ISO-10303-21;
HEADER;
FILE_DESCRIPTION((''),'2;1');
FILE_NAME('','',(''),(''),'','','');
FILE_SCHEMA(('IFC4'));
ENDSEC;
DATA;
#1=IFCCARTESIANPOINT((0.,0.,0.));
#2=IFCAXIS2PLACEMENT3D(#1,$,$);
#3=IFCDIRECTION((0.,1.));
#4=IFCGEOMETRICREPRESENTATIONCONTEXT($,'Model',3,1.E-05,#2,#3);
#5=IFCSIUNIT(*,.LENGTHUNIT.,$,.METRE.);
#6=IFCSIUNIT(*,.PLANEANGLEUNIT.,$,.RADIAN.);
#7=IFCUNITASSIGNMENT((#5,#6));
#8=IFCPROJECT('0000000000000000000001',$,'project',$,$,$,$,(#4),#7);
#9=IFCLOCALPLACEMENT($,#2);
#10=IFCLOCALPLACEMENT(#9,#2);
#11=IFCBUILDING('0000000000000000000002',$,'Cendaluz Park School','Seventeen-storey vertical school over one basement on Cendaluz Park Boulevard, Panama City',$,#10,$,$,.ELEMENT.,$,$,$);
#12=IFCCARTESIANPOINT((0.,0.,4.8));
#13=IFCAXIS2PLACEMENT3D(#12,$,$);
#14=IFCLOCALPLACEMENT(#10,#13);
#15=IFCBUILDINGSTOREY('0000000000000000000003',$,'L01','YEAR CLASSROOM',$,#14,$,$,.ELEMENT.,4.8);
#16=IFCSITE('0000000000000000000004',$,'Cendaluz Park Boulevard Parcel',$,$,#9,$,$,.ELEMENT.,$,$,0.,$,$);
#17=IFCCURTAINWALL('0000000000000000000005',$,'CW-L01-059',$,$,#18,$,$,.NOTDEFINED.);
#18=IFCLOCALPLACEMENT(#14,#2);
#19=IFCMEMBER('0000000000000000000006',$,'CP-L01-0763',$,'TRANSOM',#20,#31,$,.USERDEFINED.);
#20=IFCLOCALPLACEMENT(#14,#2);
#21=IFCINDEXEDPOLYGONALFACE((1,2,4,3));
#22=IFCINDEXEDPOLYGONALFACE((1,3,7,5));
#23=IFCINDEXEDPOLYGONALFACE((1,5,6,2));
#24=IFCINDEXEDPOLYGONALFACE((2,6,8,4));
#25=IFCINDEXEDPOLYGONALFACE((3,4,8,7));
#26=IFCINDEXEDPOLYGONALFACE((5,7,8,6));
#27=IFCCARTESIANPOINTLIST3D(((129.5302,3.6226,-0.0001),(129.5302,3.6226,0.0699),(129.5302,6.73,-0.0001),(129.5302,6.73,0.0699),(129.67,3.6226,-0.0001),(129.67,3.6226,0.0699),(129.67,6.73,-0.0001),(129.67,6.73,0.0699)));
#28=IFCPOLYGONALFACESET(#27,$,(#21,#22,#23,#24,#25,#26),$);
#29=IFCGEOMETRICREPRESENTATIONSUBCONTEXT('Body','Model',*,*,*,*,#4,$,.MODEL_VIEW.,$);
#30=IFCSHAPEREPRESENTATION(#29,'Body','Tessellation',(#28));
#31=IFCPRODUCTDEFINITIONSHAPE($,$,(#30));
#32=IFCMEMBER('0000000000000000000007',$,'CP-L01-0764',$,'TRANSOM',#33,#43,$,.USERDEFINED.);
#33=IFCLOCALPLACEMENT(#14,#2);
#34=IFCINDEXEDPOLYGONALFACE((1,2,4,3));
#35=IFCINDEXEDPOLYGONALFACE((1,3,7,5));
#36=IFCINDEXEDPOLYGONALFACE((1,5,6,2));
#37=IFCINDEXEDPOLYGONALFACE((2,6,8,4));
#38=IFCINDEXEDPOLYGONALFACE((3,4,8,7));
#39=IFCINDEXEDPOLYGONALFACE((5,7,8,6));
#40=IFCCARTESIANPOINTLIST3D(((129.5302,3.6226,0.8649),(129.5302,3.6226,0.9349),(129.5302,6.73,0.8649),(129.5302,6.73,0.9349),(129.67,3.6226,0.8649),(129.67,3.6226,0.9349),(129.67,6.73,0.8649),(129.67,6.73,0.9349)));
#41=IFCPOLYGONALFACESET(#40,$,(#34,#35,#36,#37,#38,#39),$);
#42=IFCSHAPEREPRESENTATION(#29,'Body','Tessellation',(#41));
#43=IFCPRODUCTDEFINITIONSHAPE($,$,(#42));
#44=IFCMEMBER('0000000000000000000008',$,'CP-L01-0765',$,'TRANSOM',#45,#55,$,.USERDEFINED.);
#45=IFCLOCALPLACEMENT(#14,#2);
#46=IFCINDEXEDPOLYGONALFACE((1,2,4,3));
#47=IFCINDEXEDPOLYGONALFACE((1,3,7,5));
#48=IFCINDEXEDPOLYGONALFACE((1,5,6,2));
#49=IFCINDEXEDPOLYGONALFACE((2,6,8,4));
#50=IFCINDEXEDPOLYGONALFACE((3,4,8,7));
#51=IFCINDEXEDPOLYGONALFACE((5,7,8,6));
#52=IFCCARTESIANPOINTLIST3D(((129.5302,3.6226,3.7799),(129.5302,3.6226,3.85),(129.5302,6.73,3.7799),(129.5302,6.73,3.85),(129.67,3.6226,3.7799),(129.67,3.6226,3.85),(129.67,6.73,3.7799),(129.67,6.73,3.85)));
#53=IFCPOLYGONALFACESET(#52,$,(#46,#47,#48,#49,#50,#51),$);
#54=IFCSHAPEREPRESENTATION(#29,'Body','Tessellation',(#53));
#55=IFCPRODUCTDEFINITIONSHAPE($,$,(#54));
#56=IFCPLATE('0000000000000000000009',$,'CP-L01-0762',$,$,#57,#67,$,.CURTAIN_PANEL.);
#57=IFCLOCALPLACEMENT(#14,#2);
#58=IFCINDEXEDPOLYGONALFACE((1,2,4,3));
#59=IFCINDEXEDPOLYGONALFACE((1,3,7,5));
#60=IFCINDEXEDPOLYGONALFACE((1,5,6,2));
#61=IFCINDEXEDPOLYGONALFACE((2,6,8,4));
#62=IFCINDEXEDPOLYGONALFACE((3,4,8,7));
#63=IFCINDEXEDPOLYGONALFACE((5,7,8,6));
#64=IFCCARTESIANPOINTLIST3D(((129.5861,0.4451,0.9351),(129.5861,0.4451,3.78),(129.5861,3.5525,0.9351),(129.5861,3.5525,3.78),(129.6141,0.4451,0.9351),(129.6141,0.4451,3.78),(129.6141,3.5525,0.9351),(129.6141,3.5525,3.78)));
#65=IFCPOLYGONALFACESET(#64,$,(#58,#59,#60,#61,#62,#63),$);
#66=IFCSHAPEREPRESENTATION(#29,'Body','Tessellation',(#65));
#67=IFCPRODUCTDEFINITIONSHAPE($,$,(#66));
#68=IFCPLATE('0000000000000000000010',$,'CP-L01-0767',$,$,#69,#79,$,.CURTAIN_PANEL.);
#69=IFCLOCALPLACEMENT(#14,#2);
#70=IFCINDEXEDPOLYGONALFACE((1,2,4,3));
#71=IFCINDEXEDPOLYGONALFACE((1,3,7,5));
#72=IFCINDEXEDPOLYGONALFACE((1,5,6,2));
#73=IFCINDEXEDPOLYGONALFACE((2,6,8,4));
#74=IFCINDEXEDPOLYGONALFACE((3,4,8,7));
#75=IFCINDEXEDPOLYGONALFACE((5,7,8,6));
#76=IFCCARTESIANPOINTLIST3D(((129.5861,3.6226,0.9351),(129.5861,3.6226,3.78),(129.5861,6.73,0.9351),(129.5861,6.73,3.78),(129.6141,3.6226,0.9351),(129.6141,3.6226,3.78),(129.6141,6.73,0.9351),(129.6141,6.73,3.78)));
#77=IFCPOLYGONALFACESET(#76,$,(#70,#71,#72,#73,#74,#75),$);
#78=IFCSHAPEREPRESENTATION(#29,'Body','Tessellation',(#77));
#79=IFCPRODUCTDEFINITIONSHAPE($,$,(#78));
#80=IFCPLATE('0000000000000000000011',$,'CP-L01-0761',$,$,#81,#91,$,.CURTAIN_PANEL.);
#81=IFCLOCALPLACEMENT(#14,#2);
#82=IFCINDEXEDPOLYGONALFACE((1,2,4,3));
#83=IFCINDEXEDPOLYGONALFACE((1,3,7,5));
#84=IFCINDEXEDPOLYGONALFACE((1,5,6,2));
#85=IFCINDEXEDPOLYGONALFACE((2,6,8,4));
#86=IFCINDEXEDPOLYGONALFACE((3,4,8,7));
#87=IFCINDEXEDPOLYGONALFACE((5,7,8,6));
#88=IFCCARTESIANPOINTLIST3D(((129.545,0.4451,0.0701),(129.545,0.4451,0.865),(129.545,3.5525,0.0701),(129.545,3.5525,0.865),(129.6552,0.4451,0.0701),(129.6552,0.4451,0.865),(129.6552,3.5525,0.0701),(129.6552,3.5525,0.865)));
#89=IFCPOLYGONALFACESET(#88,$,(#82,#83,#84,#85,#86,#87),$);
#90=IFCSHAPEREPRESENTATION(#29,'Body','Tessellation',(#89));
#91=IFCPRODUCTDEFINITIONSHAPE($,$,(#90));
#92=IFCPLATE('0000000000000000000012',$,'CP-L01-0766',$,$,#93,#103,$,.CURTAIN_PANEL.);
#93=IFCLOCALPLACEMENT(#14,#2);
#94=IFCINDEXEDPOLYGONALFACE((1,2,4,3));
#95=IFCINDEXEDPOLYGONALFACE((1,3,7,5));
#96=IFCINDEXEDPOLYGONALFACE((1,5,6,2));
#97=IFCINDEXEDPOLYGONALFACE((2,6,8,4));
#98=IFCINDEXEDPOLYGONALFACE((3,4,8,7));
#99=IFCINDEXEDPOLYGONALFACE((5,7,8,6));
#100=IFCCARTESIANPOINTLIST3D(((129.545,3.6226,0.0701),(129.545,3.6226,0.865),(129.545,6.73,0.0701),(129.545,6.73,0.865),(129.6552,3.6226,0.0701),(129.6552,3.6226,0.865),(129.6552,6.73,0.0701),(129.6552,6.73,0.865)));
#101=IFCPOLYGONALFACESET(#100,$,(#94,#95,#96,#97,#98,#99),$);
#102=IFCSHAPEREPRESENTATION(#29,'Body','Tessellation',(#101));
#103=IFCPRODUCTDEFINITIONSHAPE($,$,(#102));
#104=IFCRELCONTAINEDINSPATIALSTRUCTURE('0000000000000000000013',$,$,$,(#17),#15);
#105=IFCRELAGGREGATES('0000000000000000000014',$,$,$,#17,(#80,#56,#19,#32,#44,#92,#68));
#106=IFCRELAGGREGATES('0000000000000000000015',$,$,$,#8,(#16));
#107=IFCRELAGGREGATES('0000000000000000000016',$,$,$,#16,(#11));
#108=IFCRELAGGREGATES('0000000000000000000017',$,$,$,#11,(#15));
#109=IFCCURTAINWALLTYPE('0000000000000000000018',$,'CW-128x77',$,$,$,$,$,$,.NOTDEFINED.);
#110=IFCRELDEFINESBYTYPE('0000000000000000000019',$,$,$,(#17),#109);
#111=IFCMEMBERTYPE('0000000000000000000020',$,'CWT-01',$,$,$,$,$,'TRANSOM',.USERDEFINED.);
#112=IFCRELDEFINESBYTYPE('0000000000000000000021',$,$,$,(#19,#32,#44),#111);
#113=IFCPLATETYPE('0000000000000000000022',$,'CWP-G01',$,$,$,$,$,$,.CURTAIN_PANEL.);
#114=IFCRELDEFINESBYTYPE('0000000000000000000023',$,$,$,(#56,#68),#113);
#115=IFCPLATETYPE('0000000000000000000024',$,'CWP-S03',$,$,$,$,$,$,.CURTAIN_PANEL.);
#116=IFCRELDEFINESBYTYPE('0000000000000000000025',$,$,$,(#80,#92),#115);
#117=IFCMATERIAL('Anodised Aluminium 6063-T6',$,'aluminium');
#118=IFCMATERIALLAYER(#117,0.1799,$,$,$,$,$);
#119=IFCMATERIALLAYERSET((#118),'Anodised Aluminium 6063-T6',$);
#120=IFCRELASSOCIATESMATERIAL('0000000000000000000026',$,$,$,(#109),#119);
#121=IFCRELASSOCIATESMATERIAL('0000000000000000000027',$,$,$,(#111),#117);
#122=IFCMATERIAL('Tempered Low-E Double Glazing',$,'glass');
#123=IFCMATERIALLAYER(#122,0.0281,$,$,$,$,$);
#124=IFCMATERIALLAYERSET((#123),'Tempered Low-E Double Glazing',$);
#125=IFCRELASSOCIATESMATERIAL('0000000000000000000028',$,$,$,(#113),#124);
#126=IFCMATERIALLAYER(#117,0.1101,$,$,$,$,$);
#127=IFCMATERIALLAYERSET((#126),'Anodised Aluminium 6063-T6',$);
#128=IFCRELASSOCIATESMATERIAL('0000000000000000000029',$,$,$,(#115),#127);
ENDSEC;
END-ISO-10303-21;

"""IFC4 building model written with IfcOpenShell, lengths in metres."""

from ifc_helpers import new_model, si_unit, direction, frame, origin, origin_2d, place, context, subcontext, project, spatial, rectangle, extrude, material, layer, layer_set, material_profile, profile_set, type_object, element, aggregate, save


model = new_model("IFC4")

# Units and contexts
model_context = context("Model", 3, precision=1e-05, world=origin(), true_north=direction((0.0, 1.0)))
body_context = subcontext(model_context, "Body", "Model", "MODEL_VIEW")
ifc_project = project(units=[si_unit("LENGTHUNIT", "METRE"), si_unit("PLANEANGLEUNIT", "RADIAN")], contexts=[model_context])

# Site, building, storey
site_placement = place(None, origin())
site = spatial("IfcSite", under=ifc_project, at=site_placement, Name="Cendaluz Park Boulevard Parcel", CompositionType="ELEMENT", RefElevation=0.0)
building_placement = place(site_placement, origin())
building = spatial("IfcBuilding", under=site, at=building_placement, Name="Cendaluz Park School", Description="Seventeen-storey vertical school over one basement on Cendaluz Park Boulevard, Panama City", CompositionType="ELEMENT")
storey_placement = place(building_placement, frame((0.0, 0.0, 4.8)))
storey = spatial("IfcBuildingStorey", under=building, at=storey_placement, Name="L01", Description="YEAR CLASSROOM", CompositionType="ELEMENT", Elevation=4.8)

# Shared definitions
ifc_material_1 = material(Name="Anodised Aluminium 6063-T6", Category="aluminium")
ifc_layer_1 = layer(ifc_material_1, 0.1799)
ifc_layer_set_1 = layer_set([ifc_layer_1], Name="Anodised Aluminium 6063-T6")
curtain_wall_type = type_object("IfcCurtainWallType", Name="CW-128x77", PredefinedType="NOTDEFINED", material=ifc_layer_set_1)

# Curtain wall
curtain_wall_1_placement = place(storey_placement, origin())
curtain_wall_1 = element("IfcCurtainWall", 1, at=curtain_wall_1_placement, inside=storey, type_object=curtain_wall_type, Name="CW-L01-059", PredefinedType="NOTDEFINED")

# Members
ifc_material_profile_1 = material_profile(ifc_material_1, rectangle(XDim=0.1399, YDim=0.0701, at=origin_2d()), Name="CWT 140x70", Category="aluminium")
ifc_profile_set_1 = profile_set([ifc_material_profile_1], Name="Anodised Aluminium 6063-T6")
member_type_1 = type_object("IfcMemberType", Name="CWT-01", ElementType="TRANSOM", PredefinedType="USERDEFINED", material=ifc_profile_set_1)
member_1_placement = place(storey_placement, frame((129.6001, 3.6226, 0.0349), z_axis=(0.0, 1.0, 0.0), x_axis=(-1.0, 0.0, 0.0)))
member_1 = element("IfcMember", 2, at=member_1_placement, type_object=member_type_1, Name="CP-L01-0763", ObjectType="TRANSOM", PredefinedType="USERDEFINED", context=body_context, shape_type="SweptSolid", body=[
    extrude(rectangle(XDim=0.1399, YDim=0.0701, at=origin_2d()), origin(), (0.0, 0.0, 1.0), 3.1074),
])
member_2_placement = place(storey_placement, frame((129.6001, 3.6226, 0.8999), z_axis=(0.0, 1.0, 0.0), x_axis=(-1.0, 0.0, 0.0)))
member_2 = element("IfcMember", 3, at=member_2_placement, type_object=member_type_1, Name="CP-L01-0764", ObjectType="TRANSOM", PredefinedType="USERDEFINED", context=body_context, shape_type="SweptSolid", body=[
    extrude(rectangle(XDim=0.1399, YDim=0.0701, at=origin_2d()), origin(), (0.0, 0.0, 1.0), 3.1074),
])
member_3_placement = place(storey_placement, frame((129.6001, 3.6226, 3.8149), z_axis=(0.0, 1.0, 0.0), x_axis=(-1.0, 0.0, 0.0)))
member_3 = element("IfcMember", 4, at=member_3_placement, type_object=member_type_1, Name="CP-L01-0765", ObjectType="TRANSOM", PredefinedType="USERDEFINED", context=body_context, shape_type="SweptSolid", body=[
    extrude(rectangle(XDim=0.1399, YDim=0.0701, at=origin_2d()), origin(), (0.0, 0.0, 1.0), 3.1074),
])

# Plates
ifc_material_2 = material(Name="Tempered Low-E Double Glazing", Category="glass")
ifc_layer_2 = layer(ifc_material_2, 0.0281)
ifc_layer_set_2 = layer_set([ifc_layer_2], Name="Tempered Low-E Double Glazing")
plate_type_1 = type_object("IfcPlateType", Name="CWP-G01", PredefinedType="CURTAIN_PANEL", material=ifc_layer_set_2)
plate_1_placement = place(storey_placement, frame((129.6001, 1.9988, 0.9351), z_axis=(0.0, 0.0, 1.0), x_axis=(0.0, 1.0, 0.0)))
plate_1 = element("IfcPlate", 5, at=plate_1_placement, type_object=plate_type_1, Name="CP-L01-0762", PredefinedType="CURTAIN_PANEL", context=body_context, shape_type="SweptSolid", body=[
    extrude(rectangle(XDim=3.1074, YDim=0.0281, at=origin_2d()), origin(), (0.0, 0.0, 1.0), 2.845),
])
plate_2_placement = place(storey_placement, frame((129.6001, 5.1763, 0.9351), z_axis=(0.0, 0.0, 1.0), x_axis=(0.0, 1.0, 0.0)))
plate_2 = element("IfcPlate", 6, at=plate_2_placement, type_object=plate_type_1, Name="CP-L01-0767", PredefinedType="CURTAIN_PANEL", context=body_context, shape_type="SweptSolid", body=[
    extrude(rectangle(XDim=3.1074, YDim=0.0281, at=origin_2d()), origin(), (0.0, 0.0, 1.0), 2.845),
])
ifc_layer_3 = layer(ifc_material_1, 0.1101)
ifc_layer_set_3 = layer_set([ifc_layer_3], Name="Anodised Aluminium 6063-T6")
plate_type_2 = type_object("IfcPlateType", Name="CWP-S03", PredefinedType="CURTAIN_PANEL", material=ifc_layer_set_3)
plate_3_placement = place(storey_placement, frame((129.6001, 1.9988, 0.0701), z_axis=(0.0, 0.0, 1.0), x_axis=(0.0, 1.0, 0.0)))
plate_3 = element("IfcPlate", 7, at=plate_3_placement, type_object=plate_type_2, Name="CP-L01-0761", PredefinedType="CURTAIN_PANEL", context=body_context, shape_type="SweptSolid", body=[
    extrude(rectangle(XDim=3.1074, YDim=0.1101, at=origin_2d()), origin(), (0.0, 0.0, 1.0), 0.7949),
])
plate_4_placement = place(storey_placement, frame((129.6001, 5.1763, 0.0701), z_axis=(0.0, 0.0, 1.0), x_axis=(0.0, 1.0, 0.0)))
plate_4 = element("IfcPlate", 8, at=plate_4_placement, type_object=plate_type_2, Name="CP-L01-0766", PredefinedType="CURTAIN_PANEL", context=body_context, shape_type="SweptSolid", body=[
    extrude(rectangle(XDim=3.1074, YDim=0.1101, at=origin_2d()), origin(), (0.0, 0.0, 1.0), 0.7949),
])
aggregate(curtain_wall_1, [plate_3, plate_1, member_1, member_2, member_3, plate_4, plate_2])

save(model, "model.ifc")
